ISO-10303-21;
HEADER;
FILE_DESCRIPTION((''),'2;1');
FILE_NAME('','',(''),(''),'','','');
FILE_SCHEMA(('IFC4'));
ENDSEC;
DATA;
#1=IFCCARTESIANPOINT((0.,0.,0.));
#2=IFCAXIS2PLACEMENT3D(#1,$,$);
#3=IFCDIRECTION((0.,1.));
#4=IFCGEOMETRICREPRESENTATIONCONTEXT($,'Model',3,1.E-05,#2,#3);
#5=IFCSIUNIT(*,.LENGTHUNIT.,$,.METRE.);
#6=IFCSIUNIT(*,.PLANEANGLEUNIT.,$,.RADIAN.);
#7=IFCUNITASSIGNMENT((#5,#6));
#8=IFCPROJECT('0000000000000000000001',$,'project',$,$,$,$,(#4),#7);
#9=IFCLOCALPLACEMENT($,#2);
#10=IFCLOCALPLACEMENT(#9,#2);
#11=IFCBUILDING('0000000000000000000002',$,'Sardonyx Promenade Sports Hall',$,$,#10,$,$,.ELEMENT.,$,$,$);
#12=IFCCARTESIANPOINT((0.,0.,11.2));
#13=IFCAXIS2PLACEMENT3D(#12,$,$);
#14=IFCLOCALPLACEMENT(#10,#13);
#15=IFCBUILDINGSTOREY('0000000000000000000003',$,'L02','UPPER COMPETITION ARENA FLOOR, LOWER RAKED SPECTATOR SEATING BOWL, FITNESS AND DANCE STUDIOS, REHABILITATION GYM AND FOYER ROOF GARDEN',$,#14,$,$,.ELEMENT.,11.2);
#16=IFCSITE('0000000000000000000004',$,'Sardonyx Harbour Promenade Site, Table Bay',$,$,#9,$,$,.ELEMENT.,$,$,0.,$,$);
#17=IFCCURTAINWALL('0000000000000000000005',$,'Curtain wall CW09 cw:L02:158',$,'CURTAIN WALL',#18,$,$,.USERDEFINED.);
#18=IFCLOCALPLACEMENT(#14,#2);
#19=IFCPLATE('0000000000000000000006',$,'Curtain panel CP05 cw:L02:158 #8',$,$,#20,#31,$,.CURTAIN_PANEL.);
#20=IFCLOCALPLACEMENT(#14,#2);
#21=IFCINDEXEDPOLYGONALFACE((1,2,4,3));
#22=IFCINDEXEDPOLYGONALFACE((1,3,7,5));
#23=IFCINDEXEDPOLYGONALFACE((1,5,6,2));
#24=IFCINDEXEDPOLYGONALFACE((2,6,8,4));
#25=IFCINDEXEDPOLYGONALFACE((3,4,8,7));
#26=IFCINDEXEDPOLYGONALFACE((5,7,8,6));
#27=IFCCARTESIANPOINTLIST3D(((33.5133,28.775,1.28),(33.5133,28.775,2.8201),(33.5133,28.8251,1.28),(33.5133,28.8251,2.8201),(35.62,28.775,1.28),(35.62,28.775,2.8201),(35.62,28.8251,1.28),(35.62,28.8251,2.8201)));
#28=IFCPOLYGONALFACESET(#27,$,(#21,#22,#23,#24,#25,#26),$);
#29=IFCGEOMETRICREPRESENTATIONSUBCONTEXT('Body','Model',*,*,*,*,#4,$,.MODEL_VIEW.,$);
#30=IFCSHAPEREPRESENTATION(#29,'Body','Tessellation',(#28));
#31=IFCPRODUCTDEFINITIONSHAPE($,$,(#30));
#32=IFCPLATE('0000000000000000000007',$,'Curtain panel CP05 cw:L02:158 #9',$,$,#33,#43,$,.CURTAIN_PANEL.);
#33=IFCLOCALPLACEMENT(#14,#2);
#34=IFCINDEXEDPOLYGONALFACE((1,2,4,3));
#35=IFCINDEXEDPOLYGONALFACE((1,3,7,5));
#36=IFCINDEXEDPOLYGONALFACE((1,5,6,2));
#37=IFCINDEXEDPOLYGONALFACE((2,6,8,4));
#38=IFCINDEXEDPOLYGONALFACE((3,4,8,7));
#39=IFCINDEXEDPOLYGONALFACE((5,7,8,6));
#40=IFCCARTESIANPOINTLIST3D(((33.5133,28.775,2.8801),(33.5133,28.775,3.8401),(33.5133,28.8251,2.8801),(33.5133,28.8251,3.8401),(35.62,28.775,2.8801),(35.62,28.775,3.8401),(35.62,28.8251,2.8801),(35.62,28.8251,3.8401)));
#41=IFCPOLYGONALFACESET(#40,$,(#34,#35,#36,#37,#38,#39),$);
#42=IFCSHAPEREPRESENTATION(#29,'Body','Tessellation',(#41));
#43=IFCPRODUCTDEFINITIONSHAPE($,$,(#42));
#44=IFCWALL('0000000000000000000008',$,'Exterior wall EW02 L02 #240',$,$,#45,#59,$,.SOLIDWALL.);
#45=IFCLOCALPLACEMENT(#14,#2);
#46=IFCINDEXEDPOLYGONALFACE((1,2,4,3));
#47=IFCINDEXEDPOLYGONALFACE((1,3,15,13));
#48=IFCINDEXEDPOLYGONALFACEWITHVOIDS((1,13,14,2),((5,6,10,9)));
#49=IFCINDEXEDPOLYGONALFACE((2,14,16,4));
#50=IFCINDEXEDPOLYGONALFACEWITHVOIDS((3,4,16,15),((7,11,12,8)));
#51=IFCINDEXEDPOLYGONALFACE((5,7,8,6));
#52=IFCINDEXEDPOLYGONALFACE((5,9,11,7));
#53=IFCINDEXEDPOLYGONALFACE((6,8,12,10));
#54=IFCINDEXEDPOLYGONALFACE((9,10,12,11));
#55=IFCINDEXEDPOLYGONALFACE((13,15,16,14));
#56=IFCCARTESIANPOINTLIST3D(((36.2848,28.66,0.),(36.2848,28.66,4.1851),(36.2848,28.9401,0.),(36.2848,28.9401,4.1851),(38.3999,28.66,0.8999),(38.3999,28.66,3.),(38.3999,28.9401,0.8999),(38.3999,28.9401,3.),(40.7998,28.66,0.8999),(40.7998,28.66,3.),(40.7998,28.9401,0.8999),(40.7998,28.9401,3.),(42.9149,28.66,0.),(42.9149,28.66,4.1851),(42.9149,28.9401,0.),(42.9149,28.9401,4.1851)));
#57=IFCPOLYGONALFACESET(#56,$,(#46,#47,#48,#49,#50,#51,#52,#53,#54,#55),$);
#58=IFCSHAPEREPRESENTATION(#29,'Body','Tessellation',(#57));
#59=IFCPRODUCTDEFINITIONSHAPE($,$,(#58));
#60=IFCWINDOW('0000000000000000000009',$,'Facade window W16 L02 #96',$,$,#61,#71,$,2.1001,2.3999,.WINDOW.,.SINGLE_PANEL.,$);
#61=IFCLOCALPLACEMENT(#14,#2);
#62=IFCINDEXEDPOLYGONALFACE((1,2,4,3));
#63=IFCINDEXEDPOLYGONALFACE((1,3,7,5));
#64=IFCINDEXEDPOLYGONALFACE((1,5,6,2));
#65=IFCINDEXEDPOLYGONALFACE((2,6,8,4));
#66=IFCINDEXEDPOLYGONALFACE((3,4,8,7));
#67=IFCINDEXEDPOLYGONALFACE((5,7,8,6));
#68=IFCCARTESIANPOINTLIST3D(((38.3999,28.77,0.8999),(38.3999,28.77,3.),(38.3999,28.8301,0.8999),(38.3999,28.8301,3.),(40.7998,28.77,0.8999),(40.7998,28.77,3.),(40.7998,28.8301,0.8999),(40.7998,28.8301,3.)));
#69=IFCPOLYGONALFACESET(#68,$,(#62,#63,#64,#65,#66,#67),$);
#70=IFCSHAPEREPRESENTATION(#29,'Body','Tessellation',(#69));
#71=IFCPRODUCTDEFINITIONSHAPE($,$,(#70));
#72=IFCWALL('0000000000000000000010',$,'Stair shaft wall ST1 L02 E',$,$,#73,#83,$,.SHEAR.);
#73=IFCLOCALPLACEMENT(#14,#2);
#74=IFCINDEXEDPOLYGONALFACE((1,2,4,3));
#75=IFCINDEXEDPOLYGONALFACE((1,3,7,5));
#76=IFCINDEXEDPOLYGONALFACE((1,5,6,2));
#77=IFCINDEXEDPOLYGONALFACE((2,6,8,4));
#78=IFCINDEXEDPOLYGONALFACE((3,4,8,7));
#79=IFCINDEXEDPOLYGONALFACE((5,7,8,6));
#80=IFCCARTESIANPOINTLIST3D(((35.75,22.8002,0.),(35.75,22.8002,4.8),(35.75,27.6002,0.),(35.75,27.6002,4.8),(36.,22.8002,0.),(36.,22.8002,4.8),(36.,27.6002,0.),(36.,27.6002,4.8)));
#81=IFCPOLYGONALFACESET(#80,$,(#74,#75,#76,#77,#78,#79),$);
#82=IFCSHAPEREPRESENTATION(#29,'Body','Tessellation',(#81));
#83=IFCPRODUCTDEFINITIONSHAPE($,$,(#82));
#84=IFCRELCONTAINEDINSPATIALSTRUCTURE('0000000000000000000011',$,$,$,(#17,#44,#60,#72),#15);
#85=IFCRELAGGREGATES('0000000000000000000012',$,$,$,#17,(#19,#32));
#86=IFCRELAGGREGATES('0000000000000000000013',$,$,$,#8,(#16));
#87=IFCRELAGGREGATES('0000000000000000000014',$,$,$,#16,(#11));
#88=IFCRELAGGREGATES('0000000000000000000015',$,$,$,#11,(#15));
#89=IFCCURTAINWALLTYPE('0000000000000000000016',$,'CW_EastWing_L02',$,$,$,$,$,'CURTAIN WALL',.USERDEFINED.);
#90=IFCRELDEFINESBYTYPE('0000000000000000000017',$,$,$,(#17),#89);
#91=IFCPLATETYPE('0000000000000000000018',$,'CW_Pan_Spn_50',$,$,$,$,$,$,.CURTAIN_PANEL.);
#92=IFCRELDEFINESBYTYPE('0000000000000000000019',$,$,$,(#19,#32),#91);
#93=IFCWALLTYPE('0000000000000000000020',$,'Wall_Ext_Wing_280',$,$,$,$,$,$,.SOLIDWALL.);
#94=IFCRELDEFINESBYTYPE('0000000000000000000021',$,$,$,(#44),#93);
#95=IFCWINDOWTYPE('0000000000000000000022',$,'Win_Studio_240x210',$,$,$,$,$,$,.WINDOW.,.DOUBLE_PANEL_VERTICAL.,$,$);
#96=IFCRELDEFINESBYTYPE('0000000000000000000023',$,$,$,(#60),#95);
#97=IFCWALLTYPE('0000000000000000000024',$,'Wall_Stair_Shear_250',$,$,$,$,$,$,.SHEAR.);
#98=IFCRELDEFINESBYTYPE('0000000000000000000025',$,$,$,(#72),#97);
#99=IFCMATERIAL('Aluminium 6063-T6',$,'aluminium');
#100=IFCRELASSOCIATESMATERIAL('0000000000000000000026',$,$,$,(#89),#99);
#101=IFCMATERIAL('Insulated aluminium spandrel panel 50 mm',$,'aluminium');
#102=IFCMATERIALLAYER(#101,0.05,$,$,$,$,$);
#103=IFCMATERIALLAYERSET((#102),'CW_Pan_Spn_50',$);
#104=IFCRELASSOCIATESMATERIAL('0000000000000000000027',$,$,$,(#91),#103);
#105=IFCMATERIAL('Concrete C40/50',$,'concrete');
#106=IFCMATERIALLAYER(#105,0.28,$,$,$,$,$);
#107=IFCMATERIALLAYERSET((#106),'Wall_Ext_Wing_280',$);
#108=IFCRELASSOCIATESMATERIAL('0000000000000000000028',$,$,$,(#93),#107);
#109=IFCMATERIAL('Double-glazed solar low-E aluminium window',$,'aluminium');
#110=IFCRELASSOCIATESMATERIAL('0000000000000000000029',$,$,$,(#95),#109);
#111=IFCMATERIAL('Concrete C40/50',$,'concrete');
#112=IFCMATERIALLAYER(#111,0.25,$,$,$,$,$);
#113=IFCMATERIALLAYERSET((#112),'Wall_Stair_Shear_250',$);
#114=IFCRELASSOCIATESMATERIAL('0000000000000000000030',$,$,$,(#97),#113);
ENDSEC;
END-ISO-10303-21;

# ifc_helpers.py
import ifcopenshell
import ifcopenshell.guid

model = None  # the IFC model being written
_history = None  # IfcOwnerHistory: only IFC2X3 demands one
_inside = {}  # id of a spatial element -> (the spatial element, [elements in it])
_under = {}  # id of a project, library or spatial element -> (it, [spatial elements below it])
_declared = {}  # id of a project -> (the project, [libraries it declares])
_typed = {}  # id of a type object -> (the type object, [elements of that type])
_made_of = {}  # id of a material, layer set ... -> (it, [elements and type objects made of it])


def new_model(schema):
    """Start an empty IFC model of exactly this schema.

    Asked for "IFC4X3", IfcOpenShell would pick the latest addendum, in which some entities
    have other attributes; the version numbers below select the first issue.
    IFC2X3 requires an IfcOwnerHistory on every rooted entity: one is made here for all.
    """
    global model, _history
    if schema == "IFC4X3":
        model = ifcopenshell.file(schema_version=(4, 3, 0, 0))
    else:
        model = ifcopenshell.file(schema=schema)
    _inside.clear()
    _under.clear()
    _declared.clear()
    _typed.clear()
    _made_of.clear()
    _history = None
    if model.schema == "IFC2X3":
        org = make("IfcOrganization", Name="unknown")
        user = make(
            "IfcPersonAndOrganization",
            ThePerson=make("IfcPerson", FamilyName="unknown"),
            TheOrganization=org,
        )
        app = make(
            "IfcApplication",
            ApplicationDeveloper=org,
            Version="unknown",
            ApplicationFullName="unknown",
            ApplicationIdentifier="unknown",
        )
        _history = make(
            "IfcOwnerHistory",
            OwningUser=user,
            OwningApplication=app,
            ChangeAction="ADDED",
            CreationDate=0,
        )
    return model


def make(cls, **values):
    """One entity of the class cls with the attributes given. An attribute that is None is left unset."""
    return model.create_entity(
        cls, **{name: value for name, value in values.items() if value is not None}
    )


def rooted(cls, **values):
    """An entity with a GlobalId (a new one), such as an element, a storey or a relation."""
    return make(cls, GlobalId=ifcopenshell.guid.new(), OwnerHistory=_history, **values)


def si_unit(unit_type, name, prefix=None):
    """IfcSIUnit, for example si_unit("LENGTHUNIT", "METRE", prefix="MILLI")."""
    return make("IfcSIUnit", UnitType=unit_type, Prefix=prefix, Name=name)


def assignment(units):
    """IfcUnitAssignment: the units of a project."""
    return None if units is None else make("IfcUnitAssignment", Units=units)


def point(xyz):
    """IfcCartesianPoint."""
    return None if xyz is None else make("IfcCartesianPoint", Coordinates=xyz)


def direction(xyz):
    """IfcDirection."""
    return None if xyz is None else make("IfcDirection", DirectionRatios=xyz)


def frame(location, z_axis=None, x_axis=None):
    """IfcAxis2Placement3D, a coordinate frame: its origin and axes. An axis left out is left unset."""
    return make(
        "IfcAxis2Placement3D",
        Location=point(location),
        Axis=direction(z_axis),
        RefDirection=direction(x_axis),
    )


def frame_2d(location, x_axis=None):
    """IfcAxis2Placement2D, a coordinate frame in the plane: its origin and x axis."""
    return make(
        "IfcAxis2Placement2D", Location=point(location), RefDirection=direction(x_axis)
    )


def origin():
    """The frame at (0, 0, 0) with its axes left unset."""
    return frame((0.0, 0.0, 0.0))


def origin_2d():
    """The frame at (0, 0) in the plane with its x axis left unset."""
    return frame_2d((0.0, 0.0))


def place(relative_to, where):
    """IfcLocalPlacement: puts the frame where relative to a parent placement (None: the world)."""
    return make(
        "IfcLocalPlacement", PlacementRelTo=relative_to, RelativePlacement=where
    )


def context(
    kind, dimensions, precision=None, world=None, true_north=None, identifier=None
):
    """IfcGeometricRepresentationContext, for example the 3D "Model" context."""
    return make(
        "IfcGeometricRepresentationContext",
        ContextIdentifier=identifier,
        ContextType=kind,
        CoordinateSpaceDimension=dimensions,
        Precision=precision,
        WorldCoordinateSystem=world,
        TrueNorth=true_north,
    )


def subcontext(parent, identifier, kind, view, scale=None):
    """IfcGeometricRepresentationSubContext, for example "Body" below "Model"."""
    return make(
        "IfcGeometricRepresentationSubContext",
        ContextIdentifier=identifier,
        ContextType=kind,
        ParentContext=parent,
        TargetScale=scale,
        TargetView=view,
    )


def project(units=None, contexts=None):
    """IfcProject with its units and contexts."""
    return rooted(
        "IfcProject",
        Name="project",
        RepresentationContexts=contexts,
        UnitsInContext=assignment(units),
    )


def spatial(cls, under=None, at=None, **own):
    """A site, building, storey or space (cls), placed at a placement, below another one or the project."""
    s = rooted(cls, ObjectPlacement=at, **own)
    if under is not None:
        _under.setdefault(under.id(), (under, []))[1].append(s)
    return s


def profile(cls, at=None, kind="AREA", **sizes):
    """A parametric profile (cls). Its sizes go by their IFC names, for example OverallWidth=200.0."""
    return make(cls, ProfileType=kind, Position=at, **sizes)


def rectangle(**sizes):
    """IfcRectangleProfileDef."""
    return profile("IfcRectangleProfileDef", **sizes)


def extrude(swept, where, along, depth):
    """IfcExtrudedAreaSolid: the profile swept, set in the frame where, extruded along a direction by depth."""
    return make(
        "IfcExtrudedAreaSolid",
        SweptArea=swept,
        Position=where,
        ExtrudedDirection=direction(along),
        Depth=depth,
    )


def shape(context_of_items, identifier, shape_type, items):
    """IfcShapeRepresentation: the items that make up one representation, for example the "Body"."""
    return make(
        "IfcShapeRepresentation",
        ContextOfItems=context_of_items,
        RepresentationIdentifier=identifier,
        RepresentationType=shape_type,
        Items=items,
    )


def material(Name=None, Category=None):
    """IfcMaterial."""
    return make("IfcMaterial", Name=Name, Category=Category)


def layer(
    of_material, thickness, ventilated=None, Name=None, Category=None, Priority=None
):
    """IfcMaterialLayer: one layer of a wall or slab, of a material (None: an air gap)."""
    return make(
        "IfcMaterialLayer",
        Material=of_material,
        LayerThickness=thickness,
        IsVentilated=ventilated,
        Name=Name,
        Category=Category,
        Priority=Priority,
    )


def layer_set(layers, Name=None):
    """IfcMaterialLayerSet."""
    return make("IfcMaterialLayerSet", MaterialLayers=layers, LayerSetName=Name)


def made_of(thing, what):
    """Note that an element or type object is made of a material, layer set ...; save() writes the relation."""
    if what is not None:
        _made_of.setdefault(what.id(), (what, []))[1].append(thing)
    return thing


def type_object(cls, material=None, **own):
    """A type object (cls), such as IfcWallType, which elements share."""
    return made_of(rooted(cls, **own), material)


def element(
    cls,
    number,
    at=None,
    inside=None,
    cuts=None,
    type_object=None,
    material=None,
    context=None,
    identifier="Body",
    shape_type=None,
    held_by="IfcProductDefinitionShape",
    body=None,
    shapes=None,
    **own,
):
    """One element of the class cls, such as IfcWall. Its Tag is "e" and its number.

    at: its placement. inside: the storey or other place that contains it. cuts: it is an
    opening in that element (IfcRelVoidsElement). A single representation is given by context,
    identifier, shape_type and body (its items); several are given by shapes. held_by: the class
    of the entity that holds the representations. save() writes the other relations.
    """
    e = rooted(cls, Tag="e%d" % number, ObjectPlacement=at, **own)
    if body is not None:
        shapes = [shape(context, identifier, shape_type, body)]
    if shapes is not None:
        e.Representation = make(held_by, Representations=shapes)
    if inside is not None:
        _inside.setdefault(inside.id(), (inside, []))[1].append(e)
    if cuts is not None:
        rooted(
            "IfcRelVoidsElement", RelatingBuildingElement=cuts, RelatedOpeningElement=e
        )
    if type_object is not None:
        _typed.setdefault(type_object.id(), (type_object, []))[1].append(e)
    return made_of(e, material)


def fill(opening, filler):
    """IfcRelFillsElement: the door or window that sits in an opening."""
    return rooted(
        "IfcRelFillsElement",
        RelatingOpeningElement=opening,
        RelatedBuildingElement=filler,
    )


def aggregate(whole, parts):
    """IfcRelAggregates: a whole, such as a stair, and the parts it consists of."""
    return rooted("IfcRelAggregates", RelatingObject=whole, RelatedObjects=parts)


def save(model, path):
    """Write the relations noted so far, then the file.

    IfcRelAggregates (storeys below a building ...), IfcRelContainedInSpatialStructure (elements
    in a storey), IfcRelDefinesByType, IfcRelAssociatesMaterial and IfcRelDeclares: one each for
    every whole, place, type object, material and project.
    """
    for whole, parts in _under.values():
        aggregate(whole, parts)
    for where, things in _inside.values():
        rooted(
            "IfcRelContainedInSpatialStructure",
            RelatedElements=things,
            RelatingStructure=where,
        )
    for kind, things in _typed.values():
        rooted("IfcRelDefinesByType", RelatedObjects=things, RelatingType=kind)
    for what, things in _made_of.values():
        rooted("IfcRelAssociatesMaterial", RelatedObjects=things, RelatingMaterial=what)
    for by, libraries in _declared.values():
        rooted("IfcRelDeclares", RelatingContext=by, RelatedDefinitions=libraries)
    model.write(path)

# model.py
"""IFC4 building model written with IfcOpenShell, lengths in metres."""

from ifc_helpers import new_model, si_unit, direction, frame, frame_2d, origin, origin_2d, place, context, subcontext, project, spatial, rectangle, extrude, material, layer, layer_set, type_object, element, fill, aggregate, save


model = new_model("IFC4")

# Units and contexts
model_context = context("Model", 3, precision=1e-05, world=origin(), true_north=direction((0.0, 1.0)))
body_context = subcontext(model_context, "Body", "Model", "MODEL_VIEW")
ifc_project = project(units=[si_unit("LENGTHUNIT", "METRE"), si_unit("PLANEANGLEUNIT", "RADIAN")], contexts=[model_context])

# Site, building, storey
site_placement = place(None, origin())
site = spatial("IfcSite", under=ifc_project, at=site_placement, Name="Sardonyx Harbour Promenade Site, Table Bay", CompositionType="ELEMENT", RefElevation=0.0)
building_placement = place(site_placement, origin())
building = spatial("IfcBuilding", under=site, at=building_placement, Name="Sardonyx Promenade Sports Hall", CompositionType="ELEMENT")
storey_placement = place(building_placement, frame((0.0, 0.0, 11.2)))
storey = spatial("IfcBuildingStorey", under=building, at=storey_placement, Name="L02", Description="UPPER COMPETITION ARENA FLOOR, LOWER RAKED SPECTATOR SEATING BOWL, FITNESS AND DANCE STUDIOS, REHABILITATION GYM AND FOYER ROOF GARDEN", CompositionType="ELEMENT", Elevation=11.2)

# Curtain wall, plates
ifc_material_1 = material(Name="Aluminium 6063-T6", Category="aluminium")
curtain_wall_type = type_object("IfcCurtainWallType", Name="CW_EastWing_L02", ElementType="CURTAIN WALL", PredefinedType="USERDEFINED", material=ifc_material_1)
curtain_wall_placement = place(storey_placement, origin())
curtain_wall = element("IfcCurtainWall", 1, at=curtain_wall_placement, inside=storey, type_object=curtain_wall_type, Name="Curtain wall CW09 cw:L02:158", ObjectType="CURTAIN WALL", PredefinedType="USERDEFINED")
ifc_material_2 = material(Name="Insulated aluminium spandrel panel 50 mm", Category="aluminium")
ifc_layer_1 = layer(ifc_material_2, 0.05)
ifc_layer_set_1 = layer_set([ifc_layer_1], Name="CW_Pan_Spn_50")
plate_type = type_object("IfcPlateType", Name="CW_Pan_Spn_50", PredefinedType="CURTAIN_PANEL", material=ifc_layer_set_1)
plate_1_placement = place(storey_placement, frame((34.5667, 28.8, 1.28), z_axis=(0.0, 0.0, 1.0), x_axis=(1.0, 0.0, 0.0)))
plate_1 = element("IfcPlate", 2, at=plate_1_placement, type_object=plate_type, Name="Curtain panel CP05 cw:L02:158 #8", PredefinedType="CURTAIN_PANEL", context=body_context, shape_type="SweptSolid", body=[
    extrude(rectangle(XDim=2.1067, YDim=0.05, at=origin_2d()), origin(), (0.0, 0.0, 1.0), 1.54),
])
plate_2_placement = place(storey_placement, frame((34.5667, 28.8, 2.8801), z_axis=(0.0, 0.0, 1.0), x_axis=(1.0, 0.0, 0.0)))
plate_2 = element("IfcPlate", 3, at=plate_2_placement, type_object=plate_type, Name="Curtain panel CP05 cw:L02:158 #9", PredefinedType="CURTAIN_PANEL", context=body_context, shape_type="SweptSolid", body=[
    extrude(rectangle(XDim=2.1067, YDim=0.05, at=origin_2d()), origin(), (0.0, 0.0, 1.0), 0.96),
])
aggregate(curtain_wall, [plate_1, plate_2])

# Wall, opening, window
ifc_material_3 = material(Name="Concrete C40/50", Category="concrete")
ifc_layer_2 = layer(ifc_material_3, 0.28)
ifc_layer_set_2 = layer_set([ifc_layer_2], Name="Wall_Ext_Wing_280")
wall_type_1 = type_object("IfcWallType", Name="Wall_Ext_Wing_280", PredefinedType="SOLIDWALL", material=ifc_layer_set_2)
wall_1_placement = place(storey_placement, frame((36.2849, 28.8, 0.0), z_axis=(0.0, 0.0, 1.0), x_axis=(1.0, 0.0, 0.0)))
wall_1 = element("IfcWall", 4, at=wall_1_placement, inside=storey, type_object=wall_type_1, Name="Exterior wall EW02 L02 #240", PredefinedType="SOLIDWALL", context=body_context, shape_type="SweptSolid", body=[
    extrude(rectangle(XDim=6.6301, YDim=0.28, at=frame_2d((3.3149, 0.0))), origin(), (0.0, 0.0, 1.0), 4.1851),
])
opening_placement = place(wall_1_placement, frame((2.115, 0.0, 0.8999)))
opening = element("IfcOpeningElement", 5, at=opening_placement, cuts=wall_1, PredefinedType="OPENING", context=body_context, shape_type="SweptSolid", body=[
    extrude(rectangle(XDim=2.3999, YDim=2.1001, at=frame_2d((1.2, 1.05))), frame((0.0, 0.15, 0.0), z_axis=(0.0, -1.0, 0.0), x_axis=(1.0, 0.0, 0.0)), (0.0, 0.0, 1.0), 0.3),
])
ifc_material_4 = material(Name="Double-glazed solar low-E aluminium window", Category="aluminium")
window_type = type_object("IfcWindowType", Name="Win_Studio_240x210", PartitioningType="DOUBLE_PANEL_VERTICAL", PredefinedType="WINDOW", material=ifc_material_4)
window_placement = place(opening_placement, origin())
window = element("IfcWindow", 6, at=window_placement, inside=storey, type_object=window_type, Name="Facade window W16 L02 #96", OverallHeight=2.1001, OverallWidth=2.3999, PartitioningType="SINGLE_PANEL", PredefinedType="WINDOW", context=body_context, shape_type="SweptSolid", body=[
    extrude(rectangle(XDim=2.3999, YDim=2.1001, at=frame_2d((1.2, 1.05))), frame((0.0, 0.03, 0.0), z_axis=(0.0, -1.0, 0.0), x_axis=(1.0, 0.0, 0.0)), (0.0, 0.0, 1.0), 0.0601),
])
fill(opening, window)

# Wall
ifc_material_5 = material(Name="Concrete C40/50", Category="concrete")
ifc_layer_3 = layer(ifc_material_5, 0.25)
ifc_layer_set_3 = layer_set([ifc_layer_3], Name="Wall_Stair_Shear_250")
wall_type_2 = type_object("IfcWallType", Name="Wall_Stair_Shear_250", PredefinedType="SHEAR", material=ifc_layer_set_3)
wall_2_placement = place(storey_placement, frame((35.875, 27.6001, 0.0), z_axis=(0.0, 0.0, 1.0), x_axis=(0.0, -1.0, 0.0)))
element("IfcWall", 7, at=wall_2_placement, inside=storey, type_object=wall_type_2, Name="Stair shaft wall ST1 L02 E", PredefinedType="SHEAR", context=body_context, shape_type="SweptSolid", body=[
    extrude(rectangle(XDim=4.8, YDim=0.25, at=frame_2d((2.3999, 0.0))), origin(), (0.0, 0.0, 1.0), 4.8),
])

save(model, "model.ifc")
